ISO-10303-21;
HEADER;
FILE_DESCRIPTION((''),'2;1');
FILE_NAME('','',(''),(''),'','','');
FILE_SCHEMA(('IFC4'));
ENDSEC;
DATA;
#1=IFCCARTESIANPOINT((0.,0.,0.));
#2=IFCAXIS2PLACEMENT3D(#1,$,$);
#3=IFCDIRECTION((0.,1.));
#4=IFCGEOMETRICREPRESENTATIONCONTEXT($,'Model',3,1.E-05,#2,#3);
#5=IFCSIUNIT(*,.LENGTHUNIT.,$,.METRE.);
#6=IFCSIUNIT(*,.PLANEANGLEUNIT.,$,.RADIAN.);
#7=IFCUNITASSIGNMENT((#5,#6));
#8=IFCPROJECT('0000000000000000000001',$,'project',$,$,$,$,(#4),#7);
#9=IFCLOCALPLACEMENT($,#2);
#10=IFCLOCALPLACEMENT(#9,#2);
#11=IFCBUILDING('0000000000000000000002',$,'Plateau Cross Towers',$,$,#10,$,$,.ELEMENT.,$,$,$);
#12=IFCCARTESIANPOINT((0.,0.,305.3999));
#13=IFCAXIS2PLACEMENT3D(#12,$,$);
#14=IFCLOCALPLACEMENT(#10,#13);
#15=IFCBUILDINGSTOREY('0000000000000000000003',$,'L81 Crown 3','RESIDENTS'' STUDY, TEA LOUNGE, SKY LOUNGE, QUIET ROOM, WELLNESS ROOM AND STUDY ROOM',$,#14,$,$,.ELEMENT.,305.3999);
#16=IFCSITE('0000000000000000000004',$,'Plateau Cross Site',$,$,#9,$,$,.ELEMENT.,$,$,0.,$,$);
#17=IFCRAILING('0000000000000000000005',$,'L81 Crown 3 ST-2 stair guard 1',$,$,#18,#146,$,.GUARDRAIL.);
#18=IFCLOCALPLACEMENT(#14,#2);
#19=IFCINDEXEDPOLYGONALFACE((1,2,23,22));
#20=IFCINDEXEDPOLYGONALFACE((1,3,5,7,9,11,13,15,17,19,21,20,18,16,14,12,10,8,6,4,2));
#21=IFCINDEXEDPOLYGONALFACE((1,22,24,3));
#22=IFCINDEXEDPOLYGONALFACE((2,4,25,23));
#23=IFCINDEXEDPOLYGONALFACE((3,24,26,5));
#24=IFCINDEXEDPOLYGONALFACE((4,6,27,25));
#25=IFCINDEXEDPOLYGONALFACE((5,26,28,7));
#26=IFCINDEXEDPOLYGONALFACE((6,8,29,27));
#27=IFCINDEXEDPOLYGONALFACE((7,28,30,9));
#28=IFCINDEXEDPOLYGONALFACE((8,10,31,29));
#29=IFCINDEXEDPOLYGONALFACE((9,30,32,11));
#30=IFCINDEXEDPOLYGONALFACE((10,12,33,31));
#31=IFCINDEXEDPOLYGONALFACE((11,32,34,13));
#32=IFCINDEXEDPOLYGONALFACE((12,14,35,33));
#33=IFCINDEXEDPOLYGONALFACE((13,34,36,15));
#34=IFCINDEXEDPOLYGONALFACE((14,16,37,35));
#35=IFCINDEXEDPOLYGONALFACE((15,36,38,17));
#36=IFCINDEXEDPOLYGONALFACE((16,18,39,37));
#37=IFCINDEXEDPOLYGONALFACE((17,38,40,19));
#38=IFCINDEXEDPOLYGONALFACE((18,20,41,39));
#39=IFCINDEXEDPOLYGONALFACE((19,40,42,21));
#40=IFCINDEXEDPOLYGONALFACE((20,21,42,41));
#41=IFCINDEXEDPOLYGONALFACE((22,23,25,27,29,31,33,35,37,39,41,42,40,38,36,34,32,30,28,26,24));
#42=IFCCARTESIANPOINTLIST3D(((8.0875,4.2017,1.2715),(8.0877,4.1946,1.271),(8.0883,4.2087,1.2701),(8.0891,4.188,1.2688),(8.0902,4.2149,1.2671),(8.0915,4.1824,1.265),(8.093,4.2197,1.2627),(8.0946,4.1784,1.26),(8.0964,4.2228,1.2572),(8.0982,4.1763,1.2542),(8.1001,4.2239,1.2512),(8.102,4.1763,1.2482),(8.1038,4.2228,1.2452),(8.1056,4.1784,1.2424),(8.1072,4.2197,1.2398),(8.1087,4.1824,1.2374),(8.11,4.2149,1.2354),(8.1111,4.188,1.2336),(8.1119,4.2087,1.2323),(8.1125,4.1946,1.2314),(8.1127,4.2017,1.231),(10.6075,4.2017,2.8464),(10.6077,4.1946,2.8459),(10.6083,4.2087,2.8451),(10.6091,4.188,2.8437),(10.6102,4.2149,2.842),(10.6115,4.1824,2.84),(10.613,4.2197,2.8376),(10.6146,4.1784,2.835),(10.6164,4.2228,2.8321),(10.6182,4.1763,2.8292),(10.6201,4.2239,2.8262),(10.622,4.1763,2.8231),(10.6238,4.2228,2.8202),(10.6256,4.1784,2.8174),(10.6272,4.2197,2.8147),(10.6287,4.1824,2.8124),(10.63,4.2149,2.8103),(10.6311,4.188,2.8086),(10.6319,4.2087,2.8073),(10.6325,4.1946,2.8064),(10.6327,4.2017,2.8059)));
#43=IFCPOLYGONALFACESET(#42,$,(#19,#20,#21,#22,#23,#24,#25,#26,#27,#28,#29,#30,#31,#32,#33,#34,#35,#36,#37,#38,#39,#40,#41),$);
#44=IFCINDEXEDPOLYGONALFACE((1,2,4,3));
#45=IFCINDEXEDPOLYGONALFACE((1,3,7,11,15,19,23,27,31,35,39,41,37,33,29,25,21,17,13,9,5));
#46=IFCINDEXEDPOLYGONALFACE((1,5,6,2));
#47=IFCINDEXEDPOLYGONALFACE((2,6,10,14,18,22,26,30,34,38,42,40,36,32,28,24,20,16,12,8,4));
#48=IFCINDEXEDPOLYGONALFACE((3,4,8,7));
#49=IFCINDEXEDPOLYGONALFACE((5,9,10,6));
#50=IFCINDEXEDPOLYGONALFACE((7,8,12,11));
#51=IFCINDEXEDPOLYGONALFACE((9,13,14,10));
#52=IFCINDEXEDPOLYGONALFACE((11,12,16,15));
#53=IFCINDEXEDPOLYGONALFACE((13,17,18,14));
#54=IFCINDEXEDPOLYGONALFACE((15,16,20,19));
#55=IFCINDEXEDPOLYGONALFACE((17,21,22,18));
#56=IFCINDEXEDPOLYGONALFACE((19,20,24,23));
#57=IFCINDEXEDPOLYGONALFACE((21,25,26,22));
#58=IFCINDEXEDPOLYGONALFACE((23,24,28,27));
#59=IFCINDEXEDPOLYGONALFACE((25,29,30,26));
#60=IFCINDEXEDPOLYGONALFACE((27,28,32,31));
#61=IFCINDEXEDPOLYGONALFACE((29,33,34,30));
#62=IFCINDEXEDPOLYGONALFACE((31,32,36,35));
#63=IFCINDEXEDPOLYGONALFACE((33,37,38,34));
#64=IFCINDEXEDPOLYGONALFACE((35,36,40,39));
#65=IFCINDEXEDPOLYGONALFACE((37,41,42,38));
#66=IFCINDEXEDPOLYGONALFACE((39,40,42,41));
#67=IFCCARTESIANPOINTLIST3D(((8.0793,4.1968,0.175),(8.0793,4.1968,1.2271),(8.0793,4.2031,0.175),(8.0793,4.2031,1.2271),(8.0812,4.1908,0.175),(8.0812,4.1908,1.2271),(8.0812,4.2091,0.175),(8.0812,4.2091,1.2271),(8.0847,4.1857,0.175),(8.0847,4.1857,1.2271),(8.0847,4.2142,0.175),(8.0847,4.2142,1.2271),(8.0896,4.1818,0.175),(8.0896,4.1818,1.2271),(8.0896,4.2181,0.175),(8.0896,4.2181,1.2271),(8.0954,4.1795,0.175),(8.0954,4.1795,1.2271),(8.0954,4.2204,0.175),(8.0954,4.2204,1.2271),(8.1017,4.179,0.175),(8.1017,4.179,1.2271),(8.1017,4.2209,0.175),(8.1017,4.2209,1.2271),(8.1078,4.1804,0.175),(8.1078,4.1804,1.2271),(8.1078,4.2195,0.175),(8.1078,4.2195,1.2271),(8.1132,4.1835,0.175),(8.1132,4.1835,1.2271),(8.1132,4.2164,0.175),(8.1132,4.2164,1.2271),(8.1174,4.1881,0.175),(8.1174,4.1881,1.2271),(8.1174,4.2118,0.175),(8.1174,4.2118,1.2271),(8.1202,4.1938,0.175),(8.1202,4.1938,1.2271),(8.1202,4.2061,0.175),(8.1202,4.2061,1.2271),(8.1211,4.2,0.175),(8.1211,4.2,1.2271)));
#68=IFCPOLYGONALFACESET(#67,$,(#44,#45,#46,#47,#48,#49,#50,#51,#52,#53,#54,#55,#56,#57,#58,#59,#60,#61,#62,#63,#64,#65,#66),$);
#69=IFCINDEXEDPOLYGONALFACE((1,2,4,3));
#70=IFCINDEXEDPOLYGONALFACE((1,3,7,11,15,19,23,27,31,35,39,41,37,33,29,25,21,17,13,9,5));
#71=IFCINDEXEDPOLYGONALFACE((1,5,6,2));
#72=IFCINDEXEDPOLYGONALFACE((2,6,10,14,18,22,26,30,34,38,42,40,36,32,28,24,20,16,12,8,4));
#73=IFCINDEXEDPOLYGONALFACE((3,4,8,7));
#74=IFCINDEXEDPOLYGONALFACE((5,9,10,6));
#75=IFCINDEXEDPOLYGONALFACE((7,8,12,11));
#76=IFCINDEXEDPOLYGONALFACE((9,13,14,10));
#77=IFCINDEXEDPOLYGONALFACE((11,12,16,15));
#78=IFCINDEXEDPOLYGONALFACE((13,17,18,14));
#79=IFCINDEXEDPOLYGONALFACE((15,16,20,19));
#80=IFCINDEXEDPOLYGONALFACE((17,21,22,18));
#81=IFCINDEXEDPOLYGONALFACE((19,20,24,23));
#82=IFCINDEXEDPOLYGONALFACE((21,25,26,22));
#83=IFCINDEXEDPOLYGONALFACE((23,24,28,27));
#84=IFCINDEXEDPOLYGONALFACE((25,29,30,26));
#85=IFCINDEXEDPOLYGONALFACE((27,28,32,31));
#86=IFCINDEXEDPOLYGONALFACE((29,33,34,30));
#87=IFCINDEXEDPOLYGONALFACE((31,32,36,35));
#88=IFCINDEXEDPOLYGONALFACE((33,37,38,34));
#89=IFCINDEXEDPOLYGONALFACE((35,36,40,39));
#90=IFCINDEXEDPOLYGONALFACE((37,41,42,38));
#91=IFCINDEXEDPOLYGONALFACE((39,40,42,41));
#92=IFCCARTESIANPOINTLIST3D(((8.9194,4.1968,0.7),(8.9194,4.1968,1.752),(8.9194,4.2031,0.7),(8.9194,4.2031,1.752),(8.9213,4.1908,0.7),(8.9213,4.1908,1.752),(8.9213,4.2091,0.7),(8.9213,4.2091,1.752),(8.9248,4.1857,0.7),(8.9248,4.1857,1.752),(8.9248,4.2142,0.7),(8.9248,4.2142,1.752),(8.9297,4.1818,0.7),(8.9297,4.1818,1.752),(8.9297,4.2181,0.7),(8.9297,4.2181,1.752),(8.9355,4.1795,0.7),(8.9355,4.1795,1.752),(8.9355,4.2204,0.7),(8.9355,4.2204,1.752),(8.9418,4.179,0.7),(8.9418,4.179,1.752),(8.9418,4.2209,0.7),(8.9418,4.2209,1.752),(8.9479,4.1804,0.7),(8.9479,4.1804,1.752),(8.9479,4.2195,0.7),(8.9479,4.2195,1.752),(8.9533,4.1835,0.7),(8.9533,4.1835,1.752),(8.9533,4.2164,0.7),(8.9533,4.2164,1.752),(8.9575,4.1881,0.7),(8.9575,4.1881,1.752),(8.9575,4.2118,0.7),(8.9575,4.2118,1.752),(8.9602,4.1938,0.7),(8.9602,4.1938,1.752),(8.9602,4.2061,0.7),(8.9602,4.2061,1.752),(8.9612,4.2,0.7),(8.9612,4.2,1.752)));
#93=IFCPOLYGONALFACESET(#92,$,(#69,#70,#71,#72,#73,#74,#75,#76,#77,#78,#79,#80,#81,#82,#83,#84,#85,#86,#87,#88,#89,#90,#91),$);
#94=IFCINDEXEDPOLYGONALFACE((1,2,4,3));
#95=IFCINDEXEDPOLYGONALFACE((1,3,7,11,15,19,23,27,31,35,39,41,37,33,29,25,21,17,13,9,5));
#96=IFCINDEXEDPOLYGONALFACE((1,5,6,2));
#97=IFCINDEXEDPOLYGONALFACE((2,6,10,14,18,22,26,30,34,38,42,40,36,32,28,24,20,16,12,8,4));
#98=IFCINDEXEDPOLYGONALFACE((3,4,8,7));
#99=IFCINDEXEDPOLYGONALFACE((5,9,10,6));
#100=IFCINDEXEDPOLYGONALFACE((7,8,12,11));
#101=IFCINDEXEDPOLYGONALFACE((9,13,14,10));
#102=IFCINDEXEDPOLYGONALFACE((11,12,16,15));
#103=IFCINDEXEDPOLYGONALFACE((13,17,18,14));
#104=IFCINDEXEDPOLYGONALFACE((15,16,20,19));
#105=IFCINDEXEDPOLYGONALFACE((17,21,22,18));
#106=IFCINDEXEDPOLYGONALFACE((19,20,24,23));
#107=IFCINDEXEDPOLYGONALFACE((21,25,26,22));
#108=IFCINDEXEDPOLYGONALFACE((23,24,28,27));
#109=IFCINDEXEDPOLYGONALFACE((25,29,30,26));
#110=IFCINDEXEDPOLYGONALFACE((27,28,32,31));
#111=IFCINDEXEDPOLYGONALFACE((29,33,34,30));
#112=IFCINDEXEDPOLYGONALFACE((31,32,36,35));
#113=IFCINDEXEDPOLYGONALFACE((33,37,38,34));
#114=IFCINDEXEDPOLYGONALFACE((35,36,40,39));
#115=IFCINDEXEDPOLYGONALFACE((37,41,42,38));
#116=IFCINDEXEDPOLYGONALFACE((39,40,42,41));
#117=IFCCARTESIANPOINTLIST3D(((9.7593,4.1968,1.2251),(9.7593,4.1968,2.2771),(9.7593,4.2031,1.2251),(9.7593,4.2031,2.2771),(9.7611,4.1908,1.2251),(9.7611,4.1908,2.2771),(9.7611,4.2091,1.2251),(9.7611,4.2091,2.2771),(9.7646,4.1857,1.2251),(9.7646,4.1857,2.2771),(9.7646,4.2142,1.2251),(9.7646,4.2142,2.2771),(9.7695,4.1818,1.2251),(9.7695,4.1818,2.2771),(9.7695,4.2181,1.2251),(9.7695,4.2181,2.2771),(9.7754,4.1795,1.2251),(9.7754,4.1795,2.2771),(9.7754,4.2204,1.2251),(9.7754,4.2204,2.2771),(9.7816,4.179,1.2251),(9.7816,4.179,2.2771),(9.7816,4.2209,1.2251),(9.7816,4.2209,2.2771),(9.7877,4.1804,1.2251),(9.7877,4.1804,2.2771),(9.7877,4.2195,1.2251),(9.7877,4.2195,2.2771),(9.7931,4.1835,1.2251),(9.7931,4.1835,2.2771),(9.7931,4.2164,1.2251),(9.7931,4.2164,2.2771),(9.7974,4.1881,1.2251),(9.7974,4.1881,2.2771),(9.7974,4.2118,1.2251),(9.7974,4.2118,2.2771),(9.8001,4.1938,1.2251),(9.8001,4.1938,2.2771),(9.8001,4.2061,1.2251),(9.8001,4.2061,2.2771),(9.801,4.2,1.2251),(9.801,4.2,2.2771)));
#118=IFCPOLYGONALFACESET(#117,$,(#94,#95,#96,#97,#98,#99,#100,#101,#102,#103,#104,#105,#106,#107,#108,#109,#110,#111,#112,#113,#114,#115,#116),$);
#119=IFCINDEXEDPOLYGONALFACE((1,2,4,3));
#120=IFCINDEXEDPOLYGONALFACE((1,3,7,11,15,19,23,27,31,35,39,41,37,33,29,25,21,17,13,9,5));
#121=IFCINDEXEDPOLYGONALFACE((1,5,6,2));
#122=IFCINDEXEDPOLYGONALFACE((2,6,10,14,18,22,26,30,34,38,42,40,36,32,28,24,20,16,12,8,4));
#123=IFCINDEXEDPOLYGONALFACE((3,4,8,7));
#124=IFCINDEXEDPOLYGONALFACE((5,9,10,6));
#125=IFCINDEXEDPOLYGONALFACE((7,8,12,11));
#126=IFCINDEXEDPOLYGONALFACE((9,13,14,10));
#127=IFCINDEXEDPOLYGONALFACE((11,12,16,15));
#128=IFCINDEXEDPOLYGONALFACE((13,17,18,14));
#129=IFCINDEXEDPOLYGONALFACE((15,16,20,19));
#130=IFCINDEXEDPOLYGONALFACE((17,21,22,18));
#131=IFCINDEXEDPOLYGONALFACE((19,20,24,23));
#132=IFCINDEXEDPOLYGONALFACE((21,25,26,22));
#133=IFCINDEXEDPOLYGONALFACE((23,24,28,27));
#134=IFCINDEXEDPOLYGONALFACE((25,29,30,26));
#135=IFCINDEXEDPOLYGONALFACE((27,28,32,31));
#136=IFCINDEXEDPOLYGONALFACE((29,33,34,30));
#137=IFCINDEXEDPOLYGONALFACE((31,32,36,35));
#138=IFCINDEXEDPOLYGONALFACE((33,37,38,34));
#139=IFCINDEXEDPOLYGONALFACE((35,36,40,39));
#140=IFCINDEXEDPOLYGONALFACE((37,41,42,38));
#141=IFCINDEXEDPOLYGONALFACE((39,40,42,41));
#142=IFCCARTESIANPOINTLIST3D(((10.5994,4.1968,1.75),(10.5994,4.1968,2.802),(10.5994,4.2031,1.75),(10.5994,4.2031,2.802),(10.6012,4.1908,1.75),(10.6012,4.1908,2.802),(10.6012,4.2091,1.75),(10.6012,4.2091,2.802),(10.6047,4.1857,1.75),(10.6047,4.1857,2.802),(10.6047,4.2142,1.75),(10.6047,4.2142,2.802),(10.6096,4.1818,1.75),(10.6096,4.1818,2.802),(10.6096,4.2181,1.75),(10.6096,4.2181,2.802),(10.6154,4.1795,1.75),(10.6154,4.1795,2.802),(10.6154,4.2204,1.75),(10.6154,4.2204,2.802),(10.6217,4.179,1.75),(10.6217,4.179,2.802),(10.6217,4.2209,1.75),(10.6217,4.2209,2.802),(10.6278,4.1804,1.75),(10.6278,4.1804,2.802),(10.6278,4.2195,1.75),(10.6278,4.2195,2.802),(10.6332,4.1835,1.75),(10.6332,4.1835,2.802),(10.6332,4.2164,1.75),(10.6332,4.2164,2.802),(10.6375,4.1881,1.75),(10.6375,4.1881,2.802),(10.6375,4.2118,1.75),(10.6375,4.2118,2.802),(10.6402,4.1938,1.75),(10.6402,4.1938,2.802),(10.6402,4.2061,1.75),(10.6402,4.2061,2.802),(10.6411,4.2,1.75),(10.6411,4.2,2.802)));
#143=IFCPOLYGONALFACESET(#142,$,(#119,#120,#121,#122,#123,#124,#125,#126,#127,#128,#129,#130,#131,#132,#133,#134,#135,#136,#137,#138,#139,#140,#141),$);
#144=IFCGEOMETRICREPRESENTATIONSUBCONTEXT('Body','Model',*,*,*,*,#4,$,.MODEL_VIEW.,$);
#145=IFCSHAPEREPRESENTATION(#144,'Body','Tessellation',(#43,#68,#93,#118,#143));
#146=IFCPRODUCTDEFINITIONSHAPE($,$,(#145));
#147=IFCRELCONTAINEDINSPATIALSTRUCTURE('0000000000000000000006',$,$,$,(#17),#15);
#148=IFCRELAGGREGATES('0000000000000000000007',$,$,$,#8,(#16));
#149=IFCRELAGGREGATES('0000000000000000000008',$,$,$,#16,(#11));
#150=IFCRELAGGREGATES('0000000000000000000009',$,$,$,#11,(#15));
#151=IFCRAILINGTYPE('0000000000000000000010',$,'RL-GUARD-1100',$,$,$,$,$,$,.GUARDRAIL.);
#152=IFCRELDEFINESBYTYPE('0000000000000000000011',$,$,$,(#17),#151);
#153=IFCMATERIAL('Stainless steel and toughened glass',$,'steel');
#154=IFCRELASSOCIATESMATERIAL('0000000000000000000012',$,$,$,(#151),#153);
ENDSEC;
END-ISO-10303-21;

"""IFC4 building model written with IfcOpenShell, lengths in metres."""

from ifc_helpers import new_model, si_unit, direction, frame, origin, origin_2d, place, context, subcontext, project, spatial, circle, extrude, material, type_object, element, save


model = new_model("IFC4")

# Units and contexts
model_context = context("Model", 3, precision=1e-05, world=origin(), true_north=direction((0.0, 1.0)))
body_context = subcontext(model_context, "Body", "Model", "MODEL_VIEW")
ifc_project = project(units=[si_unit("LENGTHUNIT", "METRE"), si_unit("PLANEANGLEUNIT", "RADIAN")], contexts=[model_context])

# Site, building, storey
site_placement = place(None, origin())
site = spatial("IfcSite", under=ifc_project, at=site_placement, Name="Plateau Cross Site", CompositionType="ELEMENT", RefElevation=0.0)
building_placement = place(site_placement, origin())
building = spatial("IfcBuilding", under=site, at=building_placement, Name="Plateau Cross Towers", CompositionType="ELEMENT")
storey_placement = place(building_placement, frame((0.0, 0.0, 305.3999)))
storey = spatial("IfcBuildingStorey", under=building, at=storey_placement, Name="L81 Crown 3", Description="RESIDENTS' STUDY, TEA LOUNGE, SKY LOUNGE, QUIET ROOM, WELLNESS ROOM AND STUDY ROOM", CompositionType="ELEMENT", Elevation=305.3999)

# Railing
ifc_material_1 = material(Name="Stainless steel and toughened glass", Category="steel")
railing_type_1 = type_object("IfcRailingType", Name="RL-GUARD-1100", PredefinedType="GUARDRAIL", material=ifc_material_1)
railing_1_placement = place(storey_placement, frame((8.1001, 4.2, 0.175)))
element("IfcRailing", 1, at=railing_1_placement, inside=storey, type_object=railing_type_1, Name="L81 Crown 3 ST-2 stair guard 1", PredefinedType="GUARDRAIL", context=body_context, shape_type="SweptSolid", body=[
    extrude(circle(Radius=0.0239, at=origin_2d()), frame((0.0, 0.0, 1.0762), z_axis=(0.848008, 0.0, 0.529984), x_axis=(0.0, 1.0, 0.0)), (0.0, 0.0, 1.0), 2.9717),
    extrude(circle(Radius=0.021, at=origin_2d()), origin(), (0.0, 0.0, 1.0), 1.052),
    extrude(circle(Radius=0.021, at=origin_2d()), frame((0.8401, 0.0, 0.5249)), (0.0, 0.0, 1.0), 1.052),
    extrude(circle(Radius=0.021, at=origin_2d()), frame((1.6799, 0.0, 1.05)), (0.0, 0.0, 1.0), 1.052),
    extrude(circle(Radius=0.021, at=origin_2d()), frame((2.52, 0.0, 1.575)), (0.0, 0.0, 1.0), 1.052),
])

save(model, "model.ifc")
